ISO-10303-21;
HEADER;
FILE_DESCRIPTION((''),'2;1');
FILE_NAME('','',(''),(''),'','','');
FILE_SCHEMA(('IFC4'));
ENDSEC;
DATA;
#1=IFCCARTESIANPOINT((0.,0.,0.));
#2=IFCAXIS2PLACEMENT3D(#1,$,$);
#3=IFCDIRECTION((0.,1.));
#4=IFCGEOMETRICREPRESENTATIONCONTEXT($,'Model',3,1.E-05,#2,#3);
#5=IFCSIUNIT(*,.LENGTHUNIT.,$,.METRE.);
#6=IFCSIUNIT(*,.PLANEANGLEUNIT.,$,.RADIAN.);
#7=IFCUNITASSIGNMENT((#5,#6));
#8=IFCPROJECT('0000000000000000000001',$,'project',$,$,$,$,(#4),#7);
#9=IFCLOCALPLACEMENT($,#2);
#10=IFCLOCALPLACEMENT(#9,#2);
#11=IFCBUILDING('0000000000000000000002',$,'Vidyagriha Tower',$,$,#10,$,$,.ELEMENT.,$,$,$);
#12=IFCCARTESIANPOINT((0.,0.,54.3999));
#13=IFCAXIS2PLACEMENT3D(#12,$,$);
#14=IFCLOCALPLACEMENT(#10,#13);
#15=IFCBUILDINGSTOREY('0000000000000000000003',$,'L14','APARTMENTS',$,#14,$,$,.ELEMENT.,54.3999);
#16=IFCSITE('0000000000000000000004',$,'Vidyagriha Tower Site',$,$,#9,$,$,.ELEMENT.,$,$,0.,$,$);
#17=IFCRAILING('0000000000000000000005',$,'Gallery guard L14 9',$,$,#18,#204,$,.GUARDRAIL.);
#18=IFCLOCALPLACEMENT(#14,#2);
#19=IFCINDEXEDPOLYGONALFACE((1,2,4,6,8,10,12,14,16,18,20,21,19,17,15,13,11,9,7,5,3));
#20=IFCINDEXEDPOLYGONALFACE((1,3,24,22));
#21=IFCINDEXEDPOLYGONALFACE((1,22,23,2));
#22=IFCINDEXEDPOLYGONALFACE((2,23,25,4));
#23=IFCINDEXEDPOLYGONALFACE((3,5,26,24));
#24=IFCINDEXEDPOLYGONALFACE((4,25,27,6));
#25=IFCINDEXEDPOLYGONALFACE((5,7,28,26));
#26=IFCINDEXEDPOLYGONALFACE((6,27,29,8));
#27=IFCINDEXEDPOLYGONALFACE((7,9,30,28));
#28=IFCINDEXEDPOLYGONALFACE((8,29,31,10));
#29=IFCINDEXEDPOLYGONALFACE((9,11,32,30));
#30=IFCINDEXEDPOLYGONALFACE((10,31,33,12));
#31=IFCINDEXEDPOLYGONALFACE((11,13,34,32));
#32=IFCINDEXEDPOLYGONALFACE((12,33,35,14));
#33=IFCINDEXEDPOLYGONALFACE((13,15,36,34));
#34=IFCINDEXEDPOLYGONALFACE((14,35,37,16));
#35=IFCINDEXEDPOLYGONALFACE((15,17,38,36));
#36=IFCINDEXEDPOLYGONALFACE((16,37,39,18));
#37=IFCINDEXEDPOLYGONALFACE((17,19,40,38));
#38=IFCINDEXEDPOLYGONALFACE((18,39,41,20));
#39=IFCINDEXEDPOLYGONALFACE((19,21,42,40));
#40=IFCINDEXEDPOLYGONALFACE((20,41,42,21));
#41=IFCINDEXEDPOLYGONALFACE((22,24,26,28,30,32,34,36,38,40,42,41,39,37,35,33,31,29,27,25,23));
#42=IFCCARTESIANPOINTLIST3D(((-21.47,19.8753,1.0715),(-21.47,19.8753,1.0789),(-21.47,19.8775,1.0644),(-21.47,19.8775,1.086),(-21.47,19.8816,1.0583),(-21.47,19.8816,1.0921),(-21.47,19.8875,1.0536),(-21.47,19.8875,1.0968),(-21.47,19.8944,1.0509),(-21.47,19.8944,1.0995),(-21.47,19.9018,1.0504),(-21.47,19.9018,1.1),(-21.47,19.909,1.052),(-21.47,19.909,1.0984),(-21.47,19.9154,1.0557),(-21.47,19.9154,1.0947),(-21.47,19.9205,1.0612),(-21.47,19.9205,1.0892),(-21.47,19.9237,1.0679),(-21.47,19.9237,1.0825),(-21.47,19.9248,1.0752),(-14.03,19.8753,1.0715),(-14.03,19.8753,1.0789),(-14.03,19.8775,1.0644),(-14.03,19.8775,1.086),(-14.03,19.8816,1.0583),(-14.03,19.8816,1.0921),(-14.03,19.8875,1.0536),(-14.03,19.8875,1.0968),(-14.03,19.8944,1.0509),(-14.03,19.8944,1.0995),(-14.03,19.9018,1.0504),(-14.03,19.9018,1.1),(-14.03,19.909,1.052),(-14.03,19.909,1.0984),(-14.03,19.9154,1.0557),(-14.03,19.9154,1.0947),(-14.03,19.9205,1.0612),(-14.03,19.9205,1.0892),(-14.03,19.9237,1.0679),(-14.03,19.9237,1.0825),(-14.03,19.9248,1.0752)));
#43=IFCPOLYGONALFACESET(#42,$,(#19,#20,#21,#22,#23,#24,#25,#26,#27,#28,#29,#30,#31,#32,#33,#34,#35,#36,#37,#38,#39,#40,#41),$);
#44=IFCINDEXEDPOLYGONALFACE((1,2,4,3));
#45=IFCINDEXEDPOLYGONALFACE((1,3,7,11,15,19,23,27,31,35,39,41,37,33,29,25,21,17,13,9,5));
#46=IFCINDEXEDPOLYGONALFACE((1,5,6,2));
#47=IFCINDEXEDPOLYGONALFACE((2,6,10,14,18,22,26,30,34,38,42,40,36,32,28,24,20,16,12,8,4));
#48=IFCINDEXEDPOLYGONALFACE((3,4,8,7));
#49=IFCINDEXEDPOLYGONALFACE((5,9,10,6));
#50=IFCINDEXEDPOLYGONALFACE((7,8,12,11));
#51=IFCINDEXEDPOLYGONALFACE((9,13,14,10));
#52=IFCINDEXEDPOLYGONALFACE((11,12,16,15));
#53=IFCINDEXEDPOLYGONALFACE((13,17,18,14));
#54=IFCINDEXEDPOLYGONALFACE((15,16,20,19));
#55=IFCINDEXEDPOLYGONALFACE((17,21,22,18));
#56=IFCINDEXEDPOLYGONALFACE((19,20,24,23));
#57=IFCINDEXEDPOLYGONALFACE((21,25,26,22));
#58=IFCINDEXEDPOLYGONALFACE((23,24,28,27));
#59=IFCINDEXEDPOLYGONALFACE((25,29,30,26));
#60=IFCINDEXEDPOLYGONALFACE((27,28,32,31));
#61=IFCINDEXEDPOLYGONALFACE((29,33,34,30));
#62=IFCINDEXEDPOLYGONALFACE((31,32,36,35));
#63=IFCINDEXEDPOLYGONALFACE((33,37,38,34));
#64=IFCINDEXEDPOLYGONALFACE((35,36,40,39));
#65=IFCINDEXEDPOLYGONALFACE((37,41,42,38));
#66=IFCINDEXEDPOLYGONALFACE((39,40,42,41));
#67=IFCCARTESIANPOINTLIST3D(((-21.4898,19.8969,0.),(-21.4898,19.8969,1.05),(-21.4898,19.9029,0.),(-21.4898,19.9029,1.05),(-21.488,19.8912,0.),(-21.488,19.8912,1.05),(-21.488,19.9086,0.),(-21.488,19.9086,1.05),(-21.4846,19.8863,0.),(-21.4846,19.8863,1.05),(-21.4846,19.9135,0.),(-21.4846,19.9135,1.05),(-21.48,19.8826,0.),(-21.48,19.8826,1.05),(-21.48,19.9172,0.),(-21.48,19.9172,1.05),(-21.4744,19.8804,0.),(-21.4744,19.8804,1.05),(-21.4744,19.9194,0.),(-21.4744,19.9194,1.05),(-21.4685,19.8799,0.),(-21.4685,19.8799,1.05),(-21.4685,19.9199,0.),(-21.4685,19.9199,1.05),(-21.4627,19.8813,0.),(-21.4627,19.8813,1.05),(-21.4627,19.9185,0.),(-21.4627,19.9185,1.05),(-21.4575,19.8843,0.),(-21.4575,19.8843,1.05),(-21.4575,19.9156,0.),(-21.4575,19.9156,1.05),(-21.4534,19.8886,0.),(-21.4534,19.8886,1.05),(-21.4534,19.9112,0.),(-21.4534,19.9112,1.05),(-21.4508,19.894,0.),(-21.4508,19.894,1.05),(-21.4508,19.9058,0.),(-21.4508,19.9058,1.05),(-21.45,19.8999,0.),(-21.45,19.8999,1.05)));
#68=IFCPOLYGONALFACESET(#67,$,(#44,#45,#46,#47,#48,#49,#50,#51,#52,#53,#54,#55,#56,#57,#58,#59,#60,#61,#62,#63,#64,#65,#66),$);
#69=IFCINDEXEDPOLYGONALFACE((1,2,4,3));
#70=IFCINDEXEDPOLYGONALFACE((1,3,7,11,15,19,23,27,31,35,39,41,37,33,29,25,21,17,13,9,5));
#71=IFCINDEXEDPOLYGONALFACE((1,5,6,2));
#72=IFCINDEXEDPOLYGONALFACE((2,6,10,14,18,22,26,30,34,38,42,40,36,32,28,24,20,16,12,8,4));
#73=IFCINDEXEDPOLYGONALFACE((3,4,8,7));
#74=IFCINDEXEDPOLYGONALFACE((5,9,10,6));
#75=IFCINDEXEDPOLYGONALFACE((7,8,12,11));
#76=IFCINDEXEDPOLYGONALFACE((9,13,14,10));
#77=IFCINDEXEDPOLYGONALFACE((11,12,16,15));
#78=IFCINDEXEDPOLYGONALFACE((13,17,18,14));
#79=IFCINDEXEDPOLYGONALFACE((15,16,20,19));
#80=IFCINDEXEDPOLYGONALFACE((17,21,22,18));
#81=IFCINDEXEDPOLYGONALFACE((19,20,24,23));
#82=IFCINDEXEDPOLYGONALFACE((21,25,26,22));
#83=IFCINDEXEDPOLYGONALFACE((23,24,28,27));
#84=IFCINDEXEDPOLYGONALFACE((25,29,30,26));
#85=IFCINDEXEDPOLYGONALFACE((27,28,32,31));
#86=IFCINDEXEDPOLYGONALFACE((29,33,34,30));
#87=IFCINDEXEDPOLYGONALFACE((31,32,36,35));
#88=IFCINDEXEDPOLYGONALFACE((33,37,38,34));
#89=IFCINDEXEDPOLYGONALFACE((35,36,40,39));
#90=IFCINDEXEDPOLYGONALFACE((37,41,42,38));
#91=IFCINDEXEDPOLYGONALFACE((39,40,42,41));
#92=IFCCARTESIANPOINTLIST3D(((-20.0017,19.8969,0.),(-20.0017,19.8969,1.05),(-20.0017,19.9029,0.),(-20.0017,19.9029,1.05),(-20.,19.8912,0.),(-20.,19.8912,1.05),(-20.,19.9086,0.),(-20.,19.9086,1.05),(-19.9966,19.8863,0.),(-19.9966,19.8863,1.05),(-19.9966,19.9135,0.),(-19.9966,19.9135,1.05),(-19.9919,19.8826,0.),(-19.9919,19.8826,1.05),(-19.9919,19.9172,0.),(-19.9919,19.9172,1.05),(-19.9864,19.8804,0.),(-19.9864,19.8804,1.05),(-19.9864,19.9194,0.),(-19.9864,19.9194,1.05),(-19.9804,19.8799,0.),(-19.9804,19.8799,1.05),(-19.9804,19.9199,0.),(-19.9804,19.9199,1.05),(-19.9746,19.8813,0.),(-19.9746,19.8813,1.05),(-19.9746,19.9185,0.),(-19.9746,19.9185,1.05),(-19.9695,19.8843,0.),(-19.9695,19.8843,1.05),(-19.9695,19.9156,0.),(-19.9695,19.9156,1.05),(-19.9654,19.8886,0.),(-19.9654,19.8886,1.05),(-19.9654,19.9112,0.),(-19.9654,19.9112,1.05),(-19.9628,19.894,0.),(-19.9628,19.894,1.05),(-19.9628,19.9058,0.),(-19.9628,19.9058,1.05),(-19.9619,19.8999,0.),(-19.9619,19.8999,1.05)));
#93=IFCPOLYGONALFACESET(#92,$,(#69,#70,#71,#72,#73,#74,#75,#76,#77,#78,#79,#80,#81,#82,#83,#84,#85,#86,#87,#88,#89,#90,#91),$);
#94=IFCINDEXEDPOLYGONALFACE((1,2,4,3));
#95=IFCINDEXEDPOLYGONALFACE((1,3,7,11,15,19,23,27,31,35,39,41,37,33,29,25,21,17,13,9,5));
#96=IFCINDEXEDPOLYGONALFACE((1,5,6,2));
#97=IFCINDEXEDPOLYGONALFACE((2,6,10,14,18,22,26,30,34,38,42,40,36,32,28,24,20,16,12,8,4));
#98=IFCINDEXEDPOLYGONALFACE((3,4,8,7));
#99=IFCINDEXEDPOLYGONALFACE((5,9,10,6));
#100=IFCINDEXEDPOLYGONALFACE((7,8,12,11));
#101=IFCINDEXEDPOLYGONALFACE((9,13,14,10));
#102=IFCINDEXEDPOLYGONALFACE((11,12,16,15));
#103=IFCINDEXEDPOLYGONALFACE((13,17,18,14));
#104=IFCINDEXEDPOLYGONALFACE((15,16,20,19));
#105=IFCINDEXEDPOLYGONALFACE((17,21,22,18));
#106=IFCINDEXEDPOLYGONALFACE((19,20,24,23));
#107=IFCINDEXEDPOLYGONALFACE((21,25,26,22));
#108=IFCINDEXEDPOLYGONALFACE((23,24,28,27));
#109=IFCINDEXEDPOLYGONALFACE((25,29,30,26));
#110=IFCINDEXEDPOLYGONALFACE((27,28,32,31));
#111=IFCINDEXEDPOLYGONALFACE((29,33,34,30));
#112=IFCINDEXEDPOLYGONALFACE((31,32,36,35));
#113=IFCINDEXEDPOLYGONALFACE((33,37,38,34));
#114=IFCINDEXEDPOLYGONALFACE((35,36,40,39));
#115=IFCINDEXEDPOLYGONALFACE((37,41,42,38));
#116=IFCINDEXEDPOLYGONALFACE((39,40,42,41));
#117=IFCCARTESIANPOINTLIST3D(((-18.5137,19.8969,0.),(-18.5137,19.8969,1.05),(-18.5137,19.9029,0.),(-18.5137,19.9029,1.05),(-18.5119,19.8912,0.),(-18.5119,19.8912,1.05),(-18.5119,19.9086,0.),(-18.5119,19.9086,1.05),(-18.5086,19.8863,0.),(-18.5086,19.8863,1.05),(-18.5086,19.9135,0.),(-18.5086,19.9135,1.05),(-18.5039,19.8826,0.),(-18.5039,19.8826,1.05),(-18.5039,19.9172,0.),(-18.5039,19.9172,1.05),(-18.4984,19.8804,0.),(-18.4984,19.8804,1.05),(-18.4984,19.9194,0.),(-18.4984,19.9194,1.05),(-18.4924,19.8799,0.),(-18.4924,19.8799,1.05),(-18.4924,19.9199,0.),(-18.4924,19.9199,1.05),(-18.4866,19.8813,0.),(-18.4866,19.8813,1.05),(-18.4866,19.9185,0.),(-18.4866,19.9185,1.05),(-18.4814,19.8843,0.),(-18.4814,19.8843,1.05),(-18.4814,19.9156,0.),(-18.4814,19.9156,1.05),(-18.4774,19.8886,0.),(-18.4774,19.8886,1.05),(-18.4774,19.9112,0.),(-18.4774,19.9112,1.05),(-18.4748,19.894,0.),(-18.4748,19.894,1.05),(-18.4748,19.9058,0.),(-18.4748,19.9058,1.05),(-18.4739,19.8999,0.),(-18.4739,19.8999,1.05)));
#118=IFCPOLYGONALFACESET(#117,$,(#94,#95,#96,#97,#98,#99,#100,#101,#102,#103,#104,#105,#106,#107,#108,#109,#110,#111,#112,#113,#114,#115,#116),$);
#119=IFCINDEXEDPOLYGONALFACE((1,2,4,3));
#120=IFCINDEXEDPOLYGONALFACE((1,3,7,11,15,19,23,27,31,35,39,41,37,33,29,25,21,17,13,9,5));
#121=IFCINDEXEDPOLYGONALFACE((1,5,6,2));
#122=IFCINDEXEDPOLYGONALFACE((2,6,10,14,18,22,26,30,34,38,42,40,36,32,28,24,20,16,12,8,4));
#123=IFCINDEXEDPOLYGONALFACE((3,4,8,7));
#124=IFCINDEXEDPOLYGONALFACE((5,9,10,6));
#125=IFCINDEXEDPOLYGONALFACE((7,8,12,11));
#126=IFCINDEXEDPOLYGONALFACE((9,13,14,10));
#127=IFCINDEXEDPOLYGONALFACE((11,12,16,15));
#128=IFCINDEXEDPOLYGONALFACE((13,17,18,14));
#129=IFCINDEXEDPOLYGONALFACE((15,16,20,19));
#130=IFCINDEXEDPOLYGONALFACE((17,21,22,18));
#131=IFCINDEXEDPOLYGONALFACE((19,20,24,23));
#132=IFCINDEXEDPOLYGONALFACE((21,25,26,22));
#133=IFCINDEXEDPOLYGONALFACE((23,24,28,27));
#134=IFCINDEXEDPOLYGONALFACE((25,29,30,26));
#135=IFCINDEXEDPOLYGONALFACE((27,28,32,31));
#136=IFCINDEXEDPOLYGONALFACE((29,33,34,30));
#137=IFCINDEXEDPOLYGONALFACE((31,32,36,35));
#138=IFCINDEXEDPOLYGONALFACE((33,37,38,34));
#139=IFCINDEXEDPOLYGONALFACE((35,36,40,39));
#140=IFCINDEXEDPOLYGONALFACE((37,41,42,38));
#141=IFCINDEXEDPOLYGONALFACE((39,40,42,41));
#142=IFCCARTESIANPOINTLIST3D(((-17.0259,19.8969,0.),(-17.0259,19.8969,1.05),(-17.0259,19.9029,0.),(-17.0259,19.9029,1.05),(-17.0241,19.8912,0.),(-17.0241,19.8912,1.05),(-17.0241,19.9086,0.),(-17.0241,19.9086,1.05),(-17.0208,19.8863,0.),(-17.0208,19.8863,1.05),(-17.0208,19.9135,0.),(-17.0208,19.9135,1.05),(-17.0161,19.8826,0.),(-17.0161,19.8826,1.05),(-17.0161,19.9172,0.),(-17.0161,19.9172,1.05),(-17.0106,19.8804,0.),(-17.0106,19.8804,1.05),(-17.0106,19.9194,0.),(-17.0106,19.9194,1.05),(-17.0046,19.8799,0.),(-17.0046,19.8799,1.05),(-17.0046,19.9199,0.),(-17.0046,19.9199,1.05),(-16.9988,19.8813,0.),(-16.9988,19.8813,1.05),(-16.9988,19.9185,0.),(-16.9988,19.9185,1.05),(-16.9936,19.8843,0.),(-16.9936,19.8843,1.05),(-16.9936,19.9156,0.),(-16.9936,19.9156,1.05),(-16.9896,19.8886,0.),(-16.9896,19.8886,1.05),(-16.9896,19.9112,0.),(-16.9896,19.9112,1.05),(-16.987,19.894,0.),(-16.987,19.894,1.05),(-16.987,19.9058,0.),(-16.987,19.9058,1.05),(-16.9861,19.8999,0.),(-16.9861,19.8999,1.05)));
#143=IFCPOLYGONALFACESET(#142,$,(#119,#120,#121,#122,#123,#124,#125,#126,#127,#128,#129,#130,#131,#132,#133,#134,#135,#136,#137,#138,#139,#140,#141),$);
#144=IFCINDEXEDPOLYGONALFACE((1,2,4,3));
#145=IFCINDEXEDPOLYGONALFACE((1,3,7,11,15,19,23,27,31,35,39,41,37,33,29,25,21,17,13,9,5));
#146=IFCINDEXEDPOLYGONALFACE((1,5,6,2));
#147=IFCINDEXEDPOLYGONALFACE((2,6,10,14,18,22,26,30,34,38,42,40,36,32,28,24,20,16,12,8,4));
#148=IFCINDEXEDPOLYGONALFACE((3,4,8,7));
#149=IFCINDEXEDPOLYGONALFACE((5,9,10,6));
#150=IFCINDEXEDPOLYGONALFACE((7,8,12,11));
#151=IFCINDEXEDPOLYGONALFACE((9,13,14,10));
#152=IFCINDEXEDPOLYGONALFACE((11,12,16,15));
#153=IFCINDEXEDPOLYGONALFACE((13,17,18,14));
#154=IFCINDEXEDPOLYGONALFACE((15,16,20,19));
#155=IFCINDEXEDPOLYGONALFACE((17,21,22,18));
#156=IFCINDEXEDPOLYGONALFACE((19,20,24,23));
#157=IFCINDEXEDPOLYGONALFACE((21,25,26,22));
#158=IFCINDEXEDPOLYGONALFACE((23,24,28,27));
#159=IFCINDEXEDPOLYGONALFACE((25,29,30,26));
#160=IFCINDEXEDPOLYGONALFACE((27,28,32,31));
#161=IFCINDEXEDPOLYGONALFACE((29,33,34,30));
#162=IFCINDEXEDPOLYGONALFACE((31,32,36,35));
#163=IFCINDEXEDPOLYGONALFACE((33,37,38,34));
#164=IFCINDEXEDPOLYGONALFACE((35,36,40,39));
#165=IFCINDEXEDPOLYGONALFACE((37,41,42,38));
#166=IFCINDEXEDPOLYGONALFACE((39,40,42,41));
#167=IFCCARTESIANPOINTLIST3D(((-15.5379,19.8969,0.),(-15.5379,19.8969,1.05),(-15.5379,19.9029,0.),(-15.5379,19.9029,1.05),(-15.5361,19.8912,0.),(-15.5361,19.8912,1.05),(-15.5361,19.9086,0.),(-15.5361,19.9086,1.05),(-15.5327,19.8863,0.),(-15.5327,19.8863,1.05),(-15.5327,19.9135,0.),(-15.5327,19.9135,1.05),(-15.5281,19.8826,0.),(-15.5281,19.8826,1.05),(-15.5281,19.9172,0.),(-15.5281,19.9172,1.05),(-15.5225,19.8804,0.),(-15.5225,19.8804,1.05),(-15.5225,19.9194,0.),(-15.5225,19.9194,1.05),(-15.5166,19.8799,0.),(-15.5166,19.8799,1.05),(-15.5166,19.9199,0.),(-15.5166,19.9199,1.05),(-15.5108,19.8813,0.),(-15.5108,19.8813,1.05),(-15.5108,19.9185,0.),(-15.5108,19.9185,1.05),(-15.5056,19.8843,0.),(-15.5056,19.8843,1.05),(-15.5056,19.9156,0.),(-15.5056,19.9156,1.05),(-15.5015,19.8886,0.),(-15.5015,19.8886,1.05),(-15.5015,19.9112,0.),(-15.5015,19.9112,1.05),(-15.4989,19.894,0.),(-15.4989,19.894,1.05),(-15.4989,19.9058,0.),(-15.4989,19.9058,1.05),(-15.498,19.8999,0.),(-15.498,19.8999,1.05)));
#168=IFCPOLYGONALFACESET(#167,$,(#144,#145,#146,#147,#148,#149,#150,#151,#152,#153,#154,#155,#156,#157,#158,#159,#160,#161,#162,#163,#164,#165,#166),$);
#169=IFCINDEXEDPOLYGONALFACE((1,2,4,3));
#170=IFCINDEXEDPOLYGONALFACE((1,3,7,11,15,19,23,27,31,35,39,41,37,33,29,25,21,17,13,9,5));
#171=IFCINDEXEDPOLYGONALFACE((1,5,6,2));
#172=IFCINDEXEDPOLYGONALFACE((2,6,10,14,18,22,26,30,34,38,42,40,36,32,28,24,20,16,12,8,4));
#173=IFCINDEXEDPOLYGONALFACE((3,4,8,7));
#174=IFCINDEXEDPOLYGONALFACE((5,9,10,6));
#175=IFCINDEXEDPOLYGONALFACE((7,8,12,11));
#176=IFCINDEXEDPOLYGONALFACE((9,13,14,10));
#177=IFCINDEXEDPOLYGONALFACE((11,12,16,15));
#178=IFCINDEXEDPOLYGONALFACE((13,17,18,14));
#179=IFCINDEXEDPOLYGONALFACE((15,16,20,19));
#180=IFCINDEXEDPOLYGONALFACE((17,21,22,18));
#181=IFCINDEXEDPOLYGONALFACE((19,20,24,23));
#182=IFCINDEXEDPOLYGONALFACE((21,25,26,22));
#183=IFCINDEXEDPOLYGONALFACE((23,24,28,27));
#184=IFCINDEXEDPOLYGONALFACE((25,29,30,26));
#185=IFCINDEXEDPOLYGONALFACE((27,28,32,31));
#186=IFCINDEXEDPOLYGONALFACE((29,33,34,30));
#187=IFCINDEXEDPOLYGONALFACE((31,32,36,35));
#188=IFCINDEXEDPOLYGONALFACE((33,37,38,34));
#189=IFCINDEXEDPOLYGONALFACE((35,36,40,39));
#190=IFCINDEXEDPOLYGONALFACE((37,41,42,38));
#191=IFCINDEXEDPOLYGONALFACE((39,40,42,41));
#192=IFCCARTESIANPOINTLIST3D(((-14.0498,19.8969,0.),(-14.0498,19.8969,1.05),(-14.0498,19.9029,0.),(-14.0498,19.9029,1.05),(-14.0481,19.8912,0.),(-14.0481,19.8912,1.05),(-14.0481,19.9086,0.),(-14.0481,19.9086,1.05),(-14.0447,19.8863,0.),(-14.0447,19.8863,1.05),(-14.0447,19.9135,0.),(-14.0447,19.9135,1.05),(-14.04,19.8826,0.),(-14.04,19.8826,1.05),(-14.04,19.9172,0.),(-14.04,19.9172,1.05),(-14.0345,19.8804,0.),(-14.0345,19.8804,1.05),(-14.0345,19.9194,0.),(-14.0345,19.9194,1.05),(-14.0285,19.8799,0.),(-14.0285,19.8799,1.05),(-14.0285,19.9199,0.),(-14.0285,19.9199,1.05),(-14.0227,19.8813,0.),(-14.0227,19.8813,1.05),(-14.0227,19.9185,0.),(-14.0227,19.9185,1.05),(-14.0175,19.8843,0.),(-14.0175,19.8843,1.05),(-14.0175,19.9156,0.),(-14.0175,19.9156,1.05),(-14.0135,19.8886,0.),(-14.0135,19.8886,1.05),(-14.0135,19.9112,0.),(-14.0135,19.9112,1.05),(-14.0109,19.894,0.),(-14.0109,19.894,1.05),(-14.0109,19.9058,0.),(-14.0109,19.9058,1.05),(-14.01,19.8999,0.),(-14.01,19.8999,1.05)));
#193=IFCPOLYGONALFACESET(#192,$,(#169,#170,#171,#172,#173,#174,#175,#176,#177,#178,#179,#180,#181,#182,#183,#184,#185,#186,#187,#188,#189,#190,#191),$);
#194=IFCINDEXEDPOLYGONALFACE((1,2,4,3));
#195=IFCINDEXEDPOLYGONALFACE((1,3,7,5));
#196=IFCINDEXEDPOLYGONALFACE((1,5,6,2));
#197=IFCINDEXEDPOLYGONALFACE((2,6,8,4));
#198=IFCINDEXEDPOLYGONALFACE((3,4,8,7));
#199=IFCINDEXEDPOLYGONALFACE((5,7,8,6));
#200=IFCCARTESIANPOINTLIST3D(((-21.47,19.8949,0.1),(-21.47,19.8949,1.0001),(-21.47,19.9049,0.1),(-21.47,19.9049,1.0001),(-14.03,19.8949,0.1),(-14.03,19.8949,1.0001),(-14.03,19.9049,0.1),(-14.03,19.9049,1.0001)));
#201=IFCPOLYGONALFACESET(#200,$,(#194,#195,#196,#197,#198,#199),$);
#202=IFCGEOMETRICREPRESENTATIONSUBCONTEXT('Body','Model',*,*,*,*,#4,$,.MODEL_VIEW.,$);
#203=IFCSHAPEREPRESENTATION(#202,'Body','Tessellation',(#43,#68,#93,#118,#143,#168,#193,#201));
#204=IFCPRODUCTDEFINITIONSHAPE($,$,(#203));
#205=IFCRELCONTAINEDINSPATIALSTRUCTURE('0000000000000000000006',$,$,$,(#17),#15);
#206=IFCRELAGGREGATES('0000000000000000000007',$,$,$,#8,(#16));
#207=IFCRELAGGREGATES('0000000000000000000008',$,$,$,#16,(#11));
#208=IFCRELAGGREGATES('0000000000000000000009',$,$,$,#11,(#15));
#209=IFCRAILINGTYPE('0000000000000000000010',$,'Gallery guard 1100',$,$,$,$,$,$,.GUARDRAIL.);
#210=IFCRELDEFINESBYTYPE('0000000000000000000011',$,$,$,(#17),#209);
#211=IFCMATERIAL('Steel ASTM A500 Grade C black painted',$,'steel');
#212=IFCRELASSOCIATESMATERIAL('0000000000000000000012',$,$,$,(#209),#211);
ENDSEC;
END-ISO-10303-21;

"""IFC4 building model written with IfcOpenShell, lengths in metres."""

from ifc_helpers import new_model, si_unit, direction, frame, origin, origin_2d, place, context, subcontext, project, spatial, rectangle, circle, extrude, material, type_object, element, save


model = new_model("IFC4")

# Units and contexts
model_context = context("Model", 3, precision=1e-05, world=origin(), true_north=direction((0.0, 1.0)))
body_context = subcontext(model_context, "Body", "Model", "MODEL_VIEW")
ifc_project = project(units=[si_unit("LENGTHUNIT", "METRE"), si_unit("PLANEANGLEUNIT", "RADIAN")], contexts=[model_context])

# Site, building, storey
site_placement = place(None, origin())
site = spatial("IfcSite", under=ifc_project, at=site_placement, Name="Vidyagriha Tower Site", CompositionType="ELEMENT", RefElevation=0.0)
building_placement = place(site_placement, origin())
building = spatial("IfcBuilding", under=site, at=building_placement, Name="Vidyagriha Tower", CompositionType="ELEMENT")
storey_placement = place(building_placement, frame((0.0, 0.0, 54.3999)))
storey = spatial("IfcBuildingStorey", under=building, at=storey_placement, Name="L14", Description="APARTMENTS", CompositionType="ELEMENT", Elevation=54.3999)

# Railing
ifc_material_1 = material(Name="Steel ASTM A500 Grade C black painted", Category="steel")
railing_type = type_object("IfcRailingType", Name="Gallery guard 1100", PredefinedType="GUARDRAIL", material=ifc_material_1)
railing_placement = place(storey_placement, frame((-21.47, 19.8999, 0.0)))
element("IfcRailing", 1, at=railing_placement, inside=storey, type_object=railing_type, Name="Gallery guard L14 9", PredefinedType="GUARDRAIL", context=body_context, shape_type="SweptSolid", body=[
    extrude(circle(Radius=0.0249, at=origin_2d()), frame((0.0, 0.0, 1.0752), z_axis=(1.0, 0.0, 0.0), x_axis=(0.0, 1.0, 0.0)), (0.0, 0.0, 1.0), 7.4399),
    extrude(circle(Radius=0.02, at=origin_2d()), origin(), (0.0, 0.0, 1.0), 1.05),
    extrude(circle(Radius=0.02, at=origin_2d()), frame((1.488, 0.0, 0.0)), (0.0, 0.0, 1.0), 1.05),
    extrude(circle(Radius=0.02, at=origin_2d()), frame((2.9761, 0.0, 0.0)), (0.0, 0.0, 1.0), 1.05),
    extrude(circle(Radius=0.02, at=origin_2d()), frame((4.4639, 0.0, 0.0)), (0.0, 0.0, 1.0), 1.05),
    extrude(circle(Radius=0.02, at=origin_2d()), frame((5.9519, 0.0, 0.0)), (0.0, 0.0, 1.0), 1.05),
    extrude(circle(Radius=0.02, at=origin_2d()), frame((7.4399, 0.0, 0.0)), (0.0, 0.0, 1.0), 1.05),
    extrude(rectangle(XDim=0.01, YDim=0.9001, at=origin_2d()), frame((0.0, 0.0, 0.55), z_axis=(1.0, 0.0, 0.0), x_axis=(0.0, 1.0, 0.0)), (0.0, 0.0, 1.0), 7.4399),
])

save(model, "model.ifc")
